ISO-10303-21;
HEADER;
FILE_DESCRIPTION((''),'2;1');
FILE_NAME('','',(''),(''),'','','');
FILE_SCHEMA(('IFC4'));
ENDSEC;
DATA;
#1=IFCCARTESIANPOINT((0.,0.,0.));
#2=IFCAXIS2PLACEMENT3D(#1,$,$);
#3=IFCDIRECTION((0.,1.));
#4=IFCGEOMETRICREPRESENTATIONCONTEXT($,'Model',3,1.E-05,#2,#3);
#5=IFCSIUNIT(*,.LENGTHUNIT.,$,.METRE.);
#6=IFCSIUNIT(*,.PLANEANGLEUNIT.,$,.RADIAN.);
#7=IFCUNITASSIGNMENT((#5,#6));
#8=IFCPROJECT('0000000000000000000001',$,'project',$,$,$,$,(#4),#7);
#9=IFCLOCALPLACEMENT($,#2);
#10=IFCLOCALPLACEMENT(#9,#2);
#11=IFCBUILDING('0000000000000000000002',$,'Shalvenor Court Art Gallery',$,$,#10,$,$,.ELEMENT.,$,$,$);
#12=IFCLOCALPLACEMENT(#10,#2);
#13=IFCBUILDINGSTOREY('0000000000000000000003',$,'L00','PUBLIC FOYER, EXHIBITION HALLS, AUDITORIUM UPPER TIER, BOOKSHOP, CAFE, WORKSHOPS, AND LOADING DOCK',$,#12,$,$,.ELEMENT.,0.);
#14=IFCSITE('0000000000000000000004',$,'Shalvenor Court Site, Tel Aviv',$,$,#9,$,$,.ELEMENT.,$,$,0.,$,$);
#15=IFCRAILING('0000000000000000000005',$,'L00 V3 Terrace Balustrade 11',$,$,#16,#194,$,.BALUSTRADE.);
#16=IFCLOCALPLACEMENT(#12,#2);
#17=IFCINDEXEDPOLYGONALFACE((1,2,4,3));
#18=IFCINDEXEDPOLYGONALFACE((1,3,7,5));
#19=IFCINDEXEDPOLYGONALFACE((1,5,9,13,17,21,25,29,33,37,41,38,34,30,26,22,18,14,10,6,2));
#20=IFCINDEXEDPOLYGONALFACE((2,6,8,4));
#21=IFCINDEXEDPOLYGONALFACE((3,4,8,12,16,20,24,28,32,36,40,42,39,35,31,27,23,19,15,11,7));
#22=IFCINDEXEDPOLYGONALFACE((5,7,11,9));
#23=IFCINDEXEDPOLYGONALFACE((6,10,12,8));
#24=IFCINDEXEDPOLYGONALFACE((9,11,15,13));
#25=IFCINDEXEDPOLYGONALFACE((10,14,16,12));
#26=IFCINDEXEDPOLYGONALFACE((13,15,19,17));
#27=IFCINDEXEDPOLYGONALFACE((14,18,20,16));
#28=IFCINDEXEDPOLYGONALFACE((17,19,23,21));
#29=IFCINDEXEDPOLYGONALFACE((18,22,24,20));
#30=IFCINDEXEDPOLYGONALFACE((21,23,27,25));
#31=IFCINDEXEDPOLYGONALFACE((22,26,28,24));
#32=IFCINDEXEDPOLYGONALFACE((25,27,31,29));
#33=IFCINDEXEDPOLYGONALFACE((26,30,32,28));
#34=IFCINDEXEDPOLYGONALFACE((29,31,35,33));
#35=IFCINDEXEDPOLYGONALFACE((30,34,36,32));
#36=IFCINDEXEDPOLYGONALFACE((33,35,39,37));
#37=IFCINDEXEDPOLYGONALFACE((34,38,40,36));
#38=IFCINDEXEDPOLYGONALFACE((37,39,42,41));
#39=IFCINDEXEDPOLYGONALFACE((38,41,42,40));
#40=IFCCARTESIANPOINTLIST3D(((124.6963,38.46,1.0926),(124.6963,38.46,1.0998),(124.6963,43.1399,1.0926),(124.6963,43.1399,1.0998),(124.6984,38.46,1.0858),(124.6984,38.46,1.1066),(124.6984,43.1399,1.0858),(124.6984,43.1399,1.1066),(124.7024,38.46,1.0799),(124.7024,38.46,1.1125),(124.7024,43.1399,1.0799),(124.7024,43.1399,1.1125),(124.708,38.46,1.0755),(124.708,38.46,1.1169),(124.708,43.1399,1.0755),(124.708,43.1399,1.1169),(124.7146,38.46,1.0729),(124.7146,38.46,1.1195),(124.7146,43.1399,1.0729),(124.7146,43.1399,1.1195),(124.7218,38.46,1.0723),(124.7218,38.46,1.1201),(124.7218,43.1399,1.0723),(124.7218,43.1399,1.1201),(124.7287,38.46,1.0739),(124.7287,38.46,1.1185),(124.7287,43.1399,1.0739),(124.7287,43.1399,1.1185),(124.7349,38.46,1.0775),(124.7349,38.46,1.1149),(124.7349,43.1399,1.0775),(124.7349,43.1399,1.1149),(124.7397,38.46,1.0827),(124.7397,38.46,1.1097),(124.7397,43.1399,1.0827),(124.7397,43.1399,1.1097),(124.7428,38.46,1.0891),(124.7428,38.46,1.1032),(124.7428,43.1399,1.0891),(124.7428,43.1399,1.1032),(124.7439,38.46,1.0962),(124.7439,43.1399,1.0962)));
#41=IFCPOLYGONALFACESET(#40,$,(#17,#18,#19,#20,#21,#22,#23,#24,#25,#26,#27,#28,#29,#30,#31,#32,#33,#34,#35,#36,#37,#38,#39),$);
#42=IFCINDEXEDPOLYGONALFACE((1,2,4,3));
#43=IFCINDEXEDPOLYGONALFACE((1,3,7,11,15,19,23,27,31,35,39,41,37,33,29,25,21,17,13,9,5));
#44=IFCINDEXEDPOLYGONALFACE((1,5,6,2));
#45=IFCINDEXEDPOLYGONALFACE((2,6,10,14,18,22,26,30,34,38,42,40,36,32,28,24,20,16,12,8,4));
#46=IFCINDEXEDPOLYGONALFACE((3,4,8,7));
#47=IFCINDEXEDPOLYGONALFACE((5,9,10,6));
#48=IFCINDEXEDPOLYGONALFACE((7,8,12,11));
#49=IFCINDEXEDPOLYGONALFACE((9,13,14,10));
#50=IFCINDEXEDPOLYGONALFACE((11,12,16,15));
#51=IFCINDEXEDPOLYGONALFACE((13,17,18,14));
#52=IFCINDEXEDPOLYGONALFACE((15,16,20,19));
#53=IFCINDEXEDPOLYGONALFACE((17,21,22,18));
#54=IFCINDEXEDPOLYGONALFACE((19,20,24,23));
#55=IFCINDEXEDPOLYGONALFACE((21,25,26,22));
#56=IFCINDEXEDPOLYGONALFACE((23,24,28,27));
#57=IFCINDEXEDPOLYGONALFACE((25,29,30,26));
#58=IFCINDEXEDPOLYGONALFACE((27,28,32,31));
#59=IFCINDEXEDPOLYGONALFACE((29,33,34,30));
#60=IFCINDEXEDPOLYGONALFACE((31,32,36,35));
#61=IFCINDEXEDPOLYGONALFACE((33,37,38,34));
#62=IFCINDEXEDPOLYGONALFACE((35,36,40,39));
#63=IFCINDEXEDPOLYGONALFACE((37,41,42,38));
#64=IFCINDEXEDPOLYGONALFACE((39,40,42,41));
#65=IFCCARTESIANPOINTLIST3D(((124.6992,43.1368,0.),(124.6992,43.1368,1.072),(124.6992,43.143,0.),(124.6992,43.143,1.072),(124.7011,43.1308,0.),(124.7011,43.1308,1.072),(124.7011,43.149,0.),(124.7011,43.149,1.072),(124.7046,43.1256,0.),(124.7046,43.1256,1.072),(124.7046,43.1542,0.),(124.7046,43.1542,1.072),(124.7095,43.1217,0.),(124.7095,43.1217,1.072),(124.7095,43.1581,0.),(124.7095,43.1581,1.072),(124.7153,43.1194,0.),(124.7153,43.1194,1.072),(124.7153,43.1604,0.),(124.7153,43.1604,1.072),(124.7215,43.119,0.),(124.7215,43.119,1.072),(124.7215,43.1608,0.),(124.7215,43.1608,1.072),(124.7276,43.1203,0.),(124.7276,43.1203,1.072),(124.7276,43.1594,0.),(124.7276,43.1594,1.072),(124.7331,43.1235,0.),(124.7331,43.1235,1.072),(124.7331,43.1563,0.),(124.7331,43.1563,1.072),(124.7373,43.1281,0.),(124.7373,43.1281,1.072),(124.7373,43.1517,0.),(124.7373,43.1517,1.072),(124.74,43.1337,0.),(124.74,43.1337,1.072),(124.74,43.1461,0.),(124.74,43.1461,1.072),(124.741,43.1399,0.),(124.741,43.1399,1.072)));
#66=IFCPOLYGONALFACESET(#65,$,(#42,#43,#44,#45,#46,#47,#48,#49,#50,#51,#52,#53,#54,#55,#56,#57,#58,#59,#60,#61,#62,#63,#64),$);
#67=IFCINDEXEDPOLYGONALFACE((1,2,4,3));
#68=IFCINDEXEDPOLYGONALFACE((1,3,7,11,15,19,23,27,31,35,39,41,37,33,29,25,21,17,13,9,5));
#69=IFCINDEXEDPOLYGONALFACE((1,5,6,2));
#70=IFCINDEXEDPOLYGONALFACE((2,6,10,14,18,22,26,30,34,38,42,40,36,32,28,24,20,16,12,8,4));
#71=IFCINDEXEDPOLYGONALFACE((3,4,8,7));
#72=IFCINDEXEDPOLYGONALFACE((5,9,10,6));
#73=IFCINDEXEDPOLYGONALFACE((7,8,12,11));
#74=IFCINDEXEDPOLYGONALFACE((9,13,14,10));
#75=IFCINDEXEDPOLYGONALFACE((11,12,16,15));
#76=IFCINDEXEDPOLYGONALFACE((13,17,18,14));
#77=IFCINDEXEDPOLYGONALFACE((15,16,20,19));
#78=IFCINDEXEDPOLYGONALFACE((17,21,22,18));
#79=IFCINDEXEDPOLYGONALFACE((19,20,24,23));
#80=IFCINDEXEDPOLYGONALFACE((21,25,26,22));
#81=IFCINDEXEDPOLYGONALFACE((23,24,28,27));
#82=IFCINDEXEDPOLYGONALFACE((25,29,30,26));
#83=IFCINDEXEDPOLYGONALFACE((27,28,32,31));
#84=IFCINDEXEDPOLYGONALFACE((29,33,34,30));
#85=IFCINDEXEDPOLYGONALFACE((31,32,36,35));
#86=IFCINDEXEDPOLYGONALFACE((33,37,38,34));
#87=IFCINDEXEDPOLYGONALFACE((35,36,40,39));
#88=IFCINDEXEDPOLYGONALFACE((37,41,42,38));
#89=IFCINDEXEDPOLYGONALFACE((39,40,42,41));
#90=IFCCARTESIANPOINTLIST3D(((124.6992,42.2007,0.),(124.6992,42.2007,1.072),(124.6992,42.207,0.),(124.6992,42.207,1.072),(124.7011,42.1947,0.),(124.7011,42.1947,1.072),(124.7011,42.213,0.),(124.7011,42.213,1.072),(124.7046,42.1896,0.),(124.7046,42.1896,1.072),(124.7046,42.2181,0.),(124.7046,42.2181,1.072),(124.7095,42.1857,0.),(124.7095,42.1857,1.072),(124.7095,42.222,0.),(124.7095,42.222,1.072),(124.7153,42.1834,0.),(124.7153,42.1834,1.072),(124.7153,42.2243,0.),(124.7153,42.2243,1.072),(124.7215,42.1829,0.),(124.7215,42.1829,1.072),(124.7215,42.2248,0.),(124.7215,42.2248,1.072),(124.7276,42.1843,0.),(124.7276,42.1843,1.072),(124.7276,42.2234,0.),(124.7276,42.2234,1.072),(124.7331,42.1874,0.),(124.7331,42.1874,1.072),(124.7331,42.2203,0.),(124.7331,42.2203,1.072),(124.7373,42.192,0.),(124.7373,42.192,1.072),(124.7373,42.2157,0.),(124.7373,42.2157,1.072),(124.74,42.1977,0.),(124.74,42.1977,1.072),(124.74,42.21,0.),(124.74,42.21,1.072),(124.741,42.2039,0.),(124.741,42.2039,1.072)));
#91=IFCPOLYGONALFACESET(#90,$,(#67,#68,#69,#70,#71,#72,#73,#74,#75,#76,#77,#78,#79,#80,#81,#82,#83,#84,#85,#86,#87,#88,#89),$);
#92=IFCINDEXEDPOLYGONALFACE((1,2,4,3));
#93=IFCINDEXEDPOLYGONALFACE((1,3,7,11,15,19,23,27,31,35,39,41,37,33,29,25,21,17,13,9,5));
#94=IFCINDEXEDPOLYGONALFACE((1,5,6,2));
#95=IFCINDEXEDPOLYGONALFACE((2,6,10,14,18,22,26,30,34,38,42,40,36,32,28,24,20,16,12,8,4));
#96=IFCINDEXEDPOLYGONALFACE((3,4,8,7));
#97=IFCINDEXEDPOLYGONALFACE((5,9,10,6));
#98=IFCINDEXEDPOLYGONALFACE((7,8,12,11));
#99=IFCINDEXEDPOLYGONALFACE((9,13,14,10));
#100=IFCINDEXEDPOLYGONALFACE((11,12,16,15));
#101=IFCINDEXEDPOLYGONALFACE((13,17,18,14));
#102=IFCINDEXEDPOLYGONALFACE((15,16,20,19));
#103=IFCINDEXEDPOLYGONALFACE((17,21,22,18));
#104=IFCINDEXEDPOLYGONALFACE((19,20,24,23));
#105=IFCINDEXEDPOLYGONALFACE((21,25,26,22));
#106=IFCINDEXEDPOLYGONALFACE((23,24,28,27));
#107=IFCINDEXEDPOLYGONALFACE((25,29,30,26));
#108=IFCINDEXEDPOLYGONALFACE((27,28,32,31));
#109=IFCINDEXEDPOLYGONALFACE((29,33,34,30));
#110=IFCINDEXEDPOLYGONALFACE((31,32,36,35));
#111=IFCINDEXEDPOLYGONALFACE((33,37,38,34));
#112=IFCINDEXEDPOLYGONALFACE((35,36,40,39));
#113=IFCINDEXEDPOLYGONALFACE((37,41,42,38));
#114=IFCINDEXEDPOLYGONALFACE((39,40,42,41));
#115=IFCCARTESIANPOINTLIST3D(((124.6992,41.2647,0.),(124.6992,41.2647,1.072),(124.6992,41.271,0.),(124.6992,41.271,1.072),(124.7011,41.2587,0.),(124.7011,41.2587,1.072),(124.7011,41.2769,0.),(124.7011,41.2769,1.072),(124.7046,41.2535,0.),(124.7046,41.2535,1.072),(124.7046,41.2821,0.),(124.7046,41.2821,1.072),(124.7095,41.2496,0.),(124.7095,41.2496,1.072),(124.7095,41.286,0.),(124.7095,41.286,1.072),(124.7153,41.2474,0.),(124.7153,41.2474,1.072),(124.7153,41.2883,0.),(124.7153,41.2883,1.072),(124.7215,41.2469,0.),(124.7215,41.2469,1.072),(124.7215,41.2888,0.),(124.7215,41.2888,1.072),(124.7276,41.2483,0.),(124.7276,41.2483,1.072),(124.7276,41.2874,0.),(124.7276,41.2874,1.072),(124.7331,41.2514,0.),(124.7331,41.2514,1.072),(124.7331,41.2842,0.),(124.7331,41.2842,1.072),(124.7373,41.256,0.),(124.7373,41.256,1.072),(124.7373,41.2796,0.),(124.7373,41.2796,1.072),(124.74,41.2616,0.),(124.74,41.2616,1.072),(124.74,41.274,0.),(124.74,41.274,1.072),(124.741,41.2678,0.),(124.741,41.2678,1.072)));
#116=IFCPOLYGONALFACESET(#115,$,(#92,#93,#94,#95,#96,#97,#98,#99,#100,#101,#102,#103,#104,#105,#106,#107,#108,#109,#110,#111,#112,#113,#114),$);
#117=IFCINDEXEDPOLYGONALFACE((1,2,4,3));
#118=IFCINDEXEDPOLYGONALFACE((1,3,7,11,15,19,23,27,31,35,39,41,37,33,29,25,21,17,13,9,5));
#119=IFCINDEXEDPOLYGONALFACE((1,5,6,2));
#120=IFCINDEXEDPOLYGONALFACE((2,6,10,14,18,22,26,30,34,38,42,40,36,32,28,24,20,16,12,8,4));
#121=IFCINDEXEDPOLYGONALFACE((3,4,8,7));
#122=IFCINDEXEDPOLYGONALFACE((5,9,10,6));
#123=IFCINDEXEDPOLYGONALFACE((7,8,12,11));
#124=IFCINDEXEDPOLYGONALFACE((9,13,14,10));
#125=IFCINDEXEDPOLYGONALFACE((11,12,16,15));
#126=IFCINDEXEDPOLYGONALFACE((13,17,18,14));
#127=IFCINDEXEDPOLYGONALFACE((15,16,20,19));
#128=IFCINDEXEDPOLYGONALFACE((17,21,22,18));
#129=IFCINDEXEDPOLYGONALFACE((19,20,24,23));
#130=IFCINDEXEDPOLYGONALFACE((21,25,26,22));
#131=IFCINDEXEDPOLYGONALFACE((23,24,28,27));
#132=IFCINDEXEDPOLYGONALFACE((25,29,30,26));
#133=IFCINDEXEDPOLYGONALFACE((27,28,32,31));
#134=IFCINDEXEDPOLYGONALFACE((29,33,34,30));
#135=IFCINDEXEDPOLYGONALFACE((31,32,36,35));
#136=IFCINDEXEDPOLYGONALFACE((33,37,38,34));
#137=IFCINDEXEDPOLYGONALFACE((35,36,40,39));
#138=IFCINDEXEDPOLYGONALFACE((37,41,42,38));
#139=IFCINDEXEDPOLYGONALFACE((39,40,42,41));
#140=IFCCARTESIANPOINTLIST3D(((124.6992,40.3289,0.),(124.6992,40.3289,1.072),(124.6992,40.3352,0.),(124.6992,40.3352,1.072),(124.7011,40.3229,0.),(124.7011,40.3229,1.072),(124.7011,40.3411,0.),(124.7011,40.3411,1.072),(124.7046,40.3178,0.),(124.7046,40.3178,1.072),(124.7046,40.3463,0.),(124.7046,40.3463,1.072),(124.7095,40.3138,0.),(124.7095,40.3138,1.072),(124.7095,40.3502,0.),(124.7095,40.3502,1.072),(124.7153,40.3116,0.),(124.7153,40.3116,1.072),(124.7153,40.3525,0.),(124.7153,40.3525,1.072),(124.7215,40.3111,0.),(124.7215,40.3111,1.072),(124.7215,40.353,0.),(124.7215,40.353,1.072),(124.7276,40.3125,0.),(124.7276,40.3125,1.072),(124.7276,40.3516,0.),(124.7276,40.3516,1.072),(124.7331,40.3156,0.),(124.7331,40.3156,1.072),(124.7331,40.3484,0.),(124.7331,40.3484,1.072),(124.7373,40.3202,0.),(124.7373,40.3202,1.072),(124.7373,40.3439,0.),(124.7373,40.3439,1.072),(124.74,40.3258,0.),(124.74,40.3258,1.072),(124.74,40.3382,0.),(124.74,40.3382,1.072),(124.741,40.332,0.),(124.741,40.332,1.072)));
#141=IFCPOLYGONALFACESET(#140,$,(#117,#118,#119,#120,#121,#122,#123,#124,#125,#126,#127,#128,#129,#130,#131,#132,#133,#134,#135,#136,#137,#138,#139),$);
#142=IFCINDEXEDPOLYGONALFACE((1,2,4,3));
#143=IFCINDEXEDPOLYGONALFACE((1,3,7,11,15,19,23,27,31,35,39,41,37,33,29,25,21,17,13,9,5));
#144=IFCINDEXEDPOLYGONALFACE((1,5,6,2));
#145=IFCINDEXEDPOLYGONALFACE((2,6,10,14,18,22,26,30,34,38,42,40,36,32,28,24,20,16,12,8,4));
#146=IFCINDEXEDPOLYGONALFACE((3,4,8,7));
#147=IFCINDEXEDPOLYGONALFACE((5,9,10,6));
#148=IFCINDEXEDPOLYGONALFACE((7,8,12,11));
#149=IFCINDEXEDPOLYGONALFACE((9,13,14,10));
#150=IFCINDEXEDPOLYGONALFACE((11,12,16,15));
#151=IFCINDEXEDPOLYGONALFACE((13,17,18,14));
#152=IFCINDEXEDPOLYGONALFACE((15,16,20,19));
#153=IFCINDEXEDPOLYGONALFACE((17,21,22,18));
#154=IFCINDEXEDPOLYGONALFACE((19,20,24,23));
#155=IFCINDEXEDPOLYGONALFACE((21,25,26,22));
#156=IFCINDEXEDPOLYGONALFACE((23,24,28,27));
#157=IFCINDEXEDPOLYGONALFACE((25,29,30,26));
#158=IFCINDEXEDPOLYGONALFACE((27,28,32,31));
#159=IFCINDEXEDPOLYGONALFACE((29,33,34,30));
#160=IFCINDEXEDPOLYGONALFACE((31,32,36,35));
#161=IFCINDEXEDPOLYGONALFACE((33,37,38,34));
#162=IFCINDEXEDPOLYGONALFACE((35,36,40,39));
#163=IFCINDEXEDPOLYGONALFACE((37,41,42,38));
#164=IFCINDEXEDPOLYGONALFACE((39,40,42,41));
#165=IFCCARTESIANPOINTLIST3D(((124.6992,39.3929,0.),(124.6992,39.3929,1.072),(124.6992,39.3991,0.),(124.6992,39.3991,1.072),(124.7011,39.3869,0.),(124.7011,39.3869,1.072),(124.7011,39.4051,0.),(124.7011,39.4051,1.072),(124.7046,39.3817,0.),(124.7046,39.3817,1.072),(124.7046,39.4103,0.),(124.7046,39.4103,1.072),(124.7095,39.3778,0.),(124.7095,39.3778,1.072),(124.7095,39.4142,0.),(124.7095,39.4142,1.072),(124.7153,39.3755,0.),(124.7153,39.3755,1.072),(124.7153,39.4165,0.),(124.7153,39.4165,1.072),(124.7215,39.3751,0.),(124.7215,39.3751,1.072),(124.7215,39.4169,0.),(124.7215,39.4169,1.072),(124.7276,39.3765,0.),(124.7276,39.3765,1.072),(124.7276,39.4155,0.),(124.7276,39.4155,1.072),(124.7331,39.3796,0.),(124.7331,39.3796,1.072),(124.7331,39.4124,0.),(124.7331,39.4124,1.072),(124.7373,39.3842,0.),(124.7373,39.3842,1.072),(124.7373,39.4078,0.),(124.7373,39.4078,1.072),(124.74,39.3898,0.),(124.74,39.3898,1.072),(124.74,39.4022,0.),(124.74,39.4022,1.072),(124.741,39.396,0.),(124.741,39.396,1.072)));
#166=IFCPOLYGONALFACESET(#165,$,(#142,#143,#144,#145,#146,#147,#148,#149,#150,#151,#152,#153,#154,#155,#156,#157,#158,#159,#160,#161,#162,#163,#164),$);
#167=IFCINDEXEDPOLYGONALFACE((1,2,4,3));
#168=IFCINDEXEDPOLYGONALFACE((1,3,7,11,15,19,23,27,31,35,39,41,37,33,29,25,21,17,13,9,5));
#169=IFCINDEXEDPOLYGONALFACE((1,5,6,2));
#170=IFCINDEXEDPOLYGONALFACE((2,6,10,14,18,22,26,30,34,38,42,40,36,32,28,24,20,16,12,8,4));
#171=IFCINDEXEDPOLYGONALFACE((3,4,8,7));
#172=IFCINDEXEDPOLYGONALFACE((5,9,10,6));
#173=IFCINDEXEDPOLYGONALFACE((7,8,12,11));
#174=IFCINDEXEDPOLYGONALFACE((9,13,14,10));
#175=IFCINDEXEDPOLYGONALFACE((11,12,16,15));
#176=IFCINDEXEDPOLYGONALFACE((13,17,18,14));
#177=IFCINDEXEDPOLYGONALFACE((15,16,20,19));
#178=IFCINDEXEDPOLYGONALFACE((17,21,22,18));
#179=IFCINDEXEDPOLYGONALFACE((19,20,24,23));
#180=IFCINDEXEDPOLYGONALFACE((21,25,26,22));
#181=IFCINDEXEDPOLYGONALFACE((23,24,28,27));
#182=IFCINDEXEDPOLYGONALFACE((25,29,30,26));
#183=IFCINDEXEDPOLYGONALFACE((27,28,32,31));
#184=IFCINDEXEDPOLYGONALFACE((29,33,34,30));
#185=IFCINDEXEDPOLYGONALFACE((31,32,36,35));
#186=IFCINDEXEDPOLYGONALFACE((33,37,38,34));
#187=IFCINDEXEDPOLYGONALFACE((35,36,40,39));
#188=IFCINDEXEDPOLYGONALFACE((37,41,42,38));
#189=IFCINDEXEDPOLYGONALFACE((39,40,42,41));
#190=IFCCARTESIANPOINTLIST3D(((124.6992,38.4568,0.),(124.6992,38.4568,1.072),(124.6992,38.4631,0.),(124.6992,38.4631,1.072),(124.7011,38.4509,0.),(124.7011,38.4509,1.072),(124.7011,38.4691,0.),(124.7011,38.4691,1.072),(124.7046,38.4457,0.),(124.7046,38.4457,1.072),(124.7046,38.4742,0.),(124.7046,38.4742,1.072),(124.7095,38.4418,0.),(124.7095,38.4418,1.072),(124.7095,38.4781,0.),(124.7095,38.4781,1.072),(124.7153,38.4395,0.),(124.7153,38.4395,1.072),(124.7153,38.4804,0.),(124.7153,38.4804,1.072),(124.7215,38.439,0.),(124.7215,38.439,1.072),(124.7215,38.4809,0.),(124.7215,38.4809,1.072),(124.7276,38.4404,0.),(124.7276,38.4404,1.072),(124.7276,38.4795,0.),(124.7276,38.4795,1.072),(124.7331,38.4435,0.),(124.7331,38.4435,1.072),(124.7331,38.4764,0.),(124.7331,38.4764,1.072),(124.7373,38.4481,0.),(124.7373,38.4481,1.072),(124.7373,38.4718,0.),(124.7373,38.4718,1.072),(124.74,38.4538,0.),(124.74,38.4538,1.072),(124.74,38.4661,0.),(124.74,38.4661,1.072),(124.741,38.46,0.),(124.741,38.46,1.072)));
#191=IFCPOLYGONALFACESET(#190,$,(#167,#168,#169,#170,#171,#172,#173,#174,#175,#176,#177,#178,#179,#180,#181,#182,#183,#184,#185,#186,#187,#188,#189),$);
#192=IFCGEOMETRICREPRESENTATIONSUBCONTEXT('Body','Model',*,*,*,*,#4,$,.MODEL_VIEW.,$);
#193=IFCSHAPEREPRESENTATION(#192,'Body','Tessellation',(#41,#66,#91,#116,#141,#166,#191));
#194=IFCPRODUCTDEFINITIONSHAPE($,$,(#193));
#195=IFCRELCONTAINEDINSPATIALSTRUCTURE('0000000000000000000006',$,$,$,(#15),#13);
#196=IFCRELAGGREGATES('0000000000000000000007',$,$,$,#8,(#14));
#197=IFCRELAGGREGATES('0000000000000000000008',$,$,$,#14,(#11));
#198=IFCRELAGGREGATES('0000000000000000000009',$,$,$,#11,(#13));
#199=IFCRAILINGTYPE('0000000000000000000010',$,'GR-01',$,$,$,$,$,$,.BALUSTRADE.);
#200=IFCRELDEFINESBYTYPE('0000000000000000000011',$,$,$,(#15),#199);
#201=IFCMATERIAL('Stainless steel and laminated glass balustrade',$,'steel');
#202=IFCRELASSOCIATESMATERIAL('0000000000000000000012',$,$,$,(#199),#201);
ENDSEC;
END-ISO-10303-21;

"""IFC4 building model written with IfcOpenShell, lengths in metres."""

from ifc_helpers import new_model, si_unit, direction, frame, origin, origin_2d, place, context, subcontext, project, spatial, circle, extrude, material, type_object, element, save


model = new_model("IFC4")

# Units and contexts
model_context = context("Model", 3, precision=1e-05, world=origin(), true_north=direction((0.0, 1.0)))
body_context = subcontext(model_context, "Body", "Model", "MODEL_VIEW")
ifc_project = project(units=[si_unit("LENGTHUNIT", "METRE"), si_unit("PLANEANGLEUNIT", "RADIAN")], contexts=[model_context])

# Site, building, storey
site_placement = place(None, origin())
site = spatial("IfcSite", under=ifc_project, at=site_placement, Name="Shalvenor Court Site, Tel Aviv", CompositionType="ELEMENT", RefElevation=0.0)
building_placement = place(site_placement, origin())
building = spatial("IfcBuilding", under=site, at=building_placement, Name="Shalvenor Court Art Gallery", CompositionType="ELEMENT")
storey_placement = place(building_placement, origin())
storey = spatial("IfcBuildingStorey", under=building, at=storey_placement, Name="L00", Description="PUBLIC FOYER, EXHIBITION HALLS, AUDITORIUM UPPER TIER, BOOKSHOP, CAFE, WORKSHOPS, AND LOADING DOCK", CompositionType="ELEMENT", Elevation=0.0)

# Railing
ifc_material_1 = material(Name="Stainless steel and laminated glass balustrade", Category="steel")
railing_type = type_object("IfcRailingType", Name="GR-01", PredefinedType="BALUSTRADE", material=ifc_material_1)
railing_1_placement = place(storey_placement, frame((124.72, 43.1399, 0.0)))
element("IfcRailing", 1, at=railing_1_placement, inside=storey, type_object=railing_type, Name="L00 V3 Terrace Balustrade 11", PredefinedType="BALUSTRADE", context=body_context, shape_type="SweptSolid", body=[
    extrude(circle(Radius=0.0239, at=origin_2d()), frame((0.0, 0.0, 1.0962), z_axis=(0.0, -1.0, 0.0), x_axis=(1.0, 0.0, 0.0)), (0.0, 0.0, 1.0), 4.6799),
    extrude(circle(Radius=0.021, at=origin_2d()), origin(), (0.0, 0.0, 1.0), 1.072),
    extrude(circle(Radius=0.021, at=origin_2d()), frame((0.0, -0.936, 0.0)), (0.0, 0.0, 1.0), 1.072),
    extrude(circle(Radius=0.021, at=origin_2d()), frame((0.0, -1.8721, 0.0)), (0.0, 0.0, 1.0), 1.072),
    extrude(circle(Radius=0.021, at=origin_2d()), frame((0.0, -2.8079, 0.0)), (0.0, 0.0, 1.0), 1.072),
    extrude(circle(Radius=0.021, at=origin_2d()), frame((0.0, -3.7439, 0.0)), (0.0, 0.0, 1.0), 1.072),
    extrude(circle(Radius=0.021, at=origin_2d()), frame((0.0, -4.6799, 0.0)), (0.0, 0.0, 1.0), 1.072),
])

save(model, "model.ifc")
